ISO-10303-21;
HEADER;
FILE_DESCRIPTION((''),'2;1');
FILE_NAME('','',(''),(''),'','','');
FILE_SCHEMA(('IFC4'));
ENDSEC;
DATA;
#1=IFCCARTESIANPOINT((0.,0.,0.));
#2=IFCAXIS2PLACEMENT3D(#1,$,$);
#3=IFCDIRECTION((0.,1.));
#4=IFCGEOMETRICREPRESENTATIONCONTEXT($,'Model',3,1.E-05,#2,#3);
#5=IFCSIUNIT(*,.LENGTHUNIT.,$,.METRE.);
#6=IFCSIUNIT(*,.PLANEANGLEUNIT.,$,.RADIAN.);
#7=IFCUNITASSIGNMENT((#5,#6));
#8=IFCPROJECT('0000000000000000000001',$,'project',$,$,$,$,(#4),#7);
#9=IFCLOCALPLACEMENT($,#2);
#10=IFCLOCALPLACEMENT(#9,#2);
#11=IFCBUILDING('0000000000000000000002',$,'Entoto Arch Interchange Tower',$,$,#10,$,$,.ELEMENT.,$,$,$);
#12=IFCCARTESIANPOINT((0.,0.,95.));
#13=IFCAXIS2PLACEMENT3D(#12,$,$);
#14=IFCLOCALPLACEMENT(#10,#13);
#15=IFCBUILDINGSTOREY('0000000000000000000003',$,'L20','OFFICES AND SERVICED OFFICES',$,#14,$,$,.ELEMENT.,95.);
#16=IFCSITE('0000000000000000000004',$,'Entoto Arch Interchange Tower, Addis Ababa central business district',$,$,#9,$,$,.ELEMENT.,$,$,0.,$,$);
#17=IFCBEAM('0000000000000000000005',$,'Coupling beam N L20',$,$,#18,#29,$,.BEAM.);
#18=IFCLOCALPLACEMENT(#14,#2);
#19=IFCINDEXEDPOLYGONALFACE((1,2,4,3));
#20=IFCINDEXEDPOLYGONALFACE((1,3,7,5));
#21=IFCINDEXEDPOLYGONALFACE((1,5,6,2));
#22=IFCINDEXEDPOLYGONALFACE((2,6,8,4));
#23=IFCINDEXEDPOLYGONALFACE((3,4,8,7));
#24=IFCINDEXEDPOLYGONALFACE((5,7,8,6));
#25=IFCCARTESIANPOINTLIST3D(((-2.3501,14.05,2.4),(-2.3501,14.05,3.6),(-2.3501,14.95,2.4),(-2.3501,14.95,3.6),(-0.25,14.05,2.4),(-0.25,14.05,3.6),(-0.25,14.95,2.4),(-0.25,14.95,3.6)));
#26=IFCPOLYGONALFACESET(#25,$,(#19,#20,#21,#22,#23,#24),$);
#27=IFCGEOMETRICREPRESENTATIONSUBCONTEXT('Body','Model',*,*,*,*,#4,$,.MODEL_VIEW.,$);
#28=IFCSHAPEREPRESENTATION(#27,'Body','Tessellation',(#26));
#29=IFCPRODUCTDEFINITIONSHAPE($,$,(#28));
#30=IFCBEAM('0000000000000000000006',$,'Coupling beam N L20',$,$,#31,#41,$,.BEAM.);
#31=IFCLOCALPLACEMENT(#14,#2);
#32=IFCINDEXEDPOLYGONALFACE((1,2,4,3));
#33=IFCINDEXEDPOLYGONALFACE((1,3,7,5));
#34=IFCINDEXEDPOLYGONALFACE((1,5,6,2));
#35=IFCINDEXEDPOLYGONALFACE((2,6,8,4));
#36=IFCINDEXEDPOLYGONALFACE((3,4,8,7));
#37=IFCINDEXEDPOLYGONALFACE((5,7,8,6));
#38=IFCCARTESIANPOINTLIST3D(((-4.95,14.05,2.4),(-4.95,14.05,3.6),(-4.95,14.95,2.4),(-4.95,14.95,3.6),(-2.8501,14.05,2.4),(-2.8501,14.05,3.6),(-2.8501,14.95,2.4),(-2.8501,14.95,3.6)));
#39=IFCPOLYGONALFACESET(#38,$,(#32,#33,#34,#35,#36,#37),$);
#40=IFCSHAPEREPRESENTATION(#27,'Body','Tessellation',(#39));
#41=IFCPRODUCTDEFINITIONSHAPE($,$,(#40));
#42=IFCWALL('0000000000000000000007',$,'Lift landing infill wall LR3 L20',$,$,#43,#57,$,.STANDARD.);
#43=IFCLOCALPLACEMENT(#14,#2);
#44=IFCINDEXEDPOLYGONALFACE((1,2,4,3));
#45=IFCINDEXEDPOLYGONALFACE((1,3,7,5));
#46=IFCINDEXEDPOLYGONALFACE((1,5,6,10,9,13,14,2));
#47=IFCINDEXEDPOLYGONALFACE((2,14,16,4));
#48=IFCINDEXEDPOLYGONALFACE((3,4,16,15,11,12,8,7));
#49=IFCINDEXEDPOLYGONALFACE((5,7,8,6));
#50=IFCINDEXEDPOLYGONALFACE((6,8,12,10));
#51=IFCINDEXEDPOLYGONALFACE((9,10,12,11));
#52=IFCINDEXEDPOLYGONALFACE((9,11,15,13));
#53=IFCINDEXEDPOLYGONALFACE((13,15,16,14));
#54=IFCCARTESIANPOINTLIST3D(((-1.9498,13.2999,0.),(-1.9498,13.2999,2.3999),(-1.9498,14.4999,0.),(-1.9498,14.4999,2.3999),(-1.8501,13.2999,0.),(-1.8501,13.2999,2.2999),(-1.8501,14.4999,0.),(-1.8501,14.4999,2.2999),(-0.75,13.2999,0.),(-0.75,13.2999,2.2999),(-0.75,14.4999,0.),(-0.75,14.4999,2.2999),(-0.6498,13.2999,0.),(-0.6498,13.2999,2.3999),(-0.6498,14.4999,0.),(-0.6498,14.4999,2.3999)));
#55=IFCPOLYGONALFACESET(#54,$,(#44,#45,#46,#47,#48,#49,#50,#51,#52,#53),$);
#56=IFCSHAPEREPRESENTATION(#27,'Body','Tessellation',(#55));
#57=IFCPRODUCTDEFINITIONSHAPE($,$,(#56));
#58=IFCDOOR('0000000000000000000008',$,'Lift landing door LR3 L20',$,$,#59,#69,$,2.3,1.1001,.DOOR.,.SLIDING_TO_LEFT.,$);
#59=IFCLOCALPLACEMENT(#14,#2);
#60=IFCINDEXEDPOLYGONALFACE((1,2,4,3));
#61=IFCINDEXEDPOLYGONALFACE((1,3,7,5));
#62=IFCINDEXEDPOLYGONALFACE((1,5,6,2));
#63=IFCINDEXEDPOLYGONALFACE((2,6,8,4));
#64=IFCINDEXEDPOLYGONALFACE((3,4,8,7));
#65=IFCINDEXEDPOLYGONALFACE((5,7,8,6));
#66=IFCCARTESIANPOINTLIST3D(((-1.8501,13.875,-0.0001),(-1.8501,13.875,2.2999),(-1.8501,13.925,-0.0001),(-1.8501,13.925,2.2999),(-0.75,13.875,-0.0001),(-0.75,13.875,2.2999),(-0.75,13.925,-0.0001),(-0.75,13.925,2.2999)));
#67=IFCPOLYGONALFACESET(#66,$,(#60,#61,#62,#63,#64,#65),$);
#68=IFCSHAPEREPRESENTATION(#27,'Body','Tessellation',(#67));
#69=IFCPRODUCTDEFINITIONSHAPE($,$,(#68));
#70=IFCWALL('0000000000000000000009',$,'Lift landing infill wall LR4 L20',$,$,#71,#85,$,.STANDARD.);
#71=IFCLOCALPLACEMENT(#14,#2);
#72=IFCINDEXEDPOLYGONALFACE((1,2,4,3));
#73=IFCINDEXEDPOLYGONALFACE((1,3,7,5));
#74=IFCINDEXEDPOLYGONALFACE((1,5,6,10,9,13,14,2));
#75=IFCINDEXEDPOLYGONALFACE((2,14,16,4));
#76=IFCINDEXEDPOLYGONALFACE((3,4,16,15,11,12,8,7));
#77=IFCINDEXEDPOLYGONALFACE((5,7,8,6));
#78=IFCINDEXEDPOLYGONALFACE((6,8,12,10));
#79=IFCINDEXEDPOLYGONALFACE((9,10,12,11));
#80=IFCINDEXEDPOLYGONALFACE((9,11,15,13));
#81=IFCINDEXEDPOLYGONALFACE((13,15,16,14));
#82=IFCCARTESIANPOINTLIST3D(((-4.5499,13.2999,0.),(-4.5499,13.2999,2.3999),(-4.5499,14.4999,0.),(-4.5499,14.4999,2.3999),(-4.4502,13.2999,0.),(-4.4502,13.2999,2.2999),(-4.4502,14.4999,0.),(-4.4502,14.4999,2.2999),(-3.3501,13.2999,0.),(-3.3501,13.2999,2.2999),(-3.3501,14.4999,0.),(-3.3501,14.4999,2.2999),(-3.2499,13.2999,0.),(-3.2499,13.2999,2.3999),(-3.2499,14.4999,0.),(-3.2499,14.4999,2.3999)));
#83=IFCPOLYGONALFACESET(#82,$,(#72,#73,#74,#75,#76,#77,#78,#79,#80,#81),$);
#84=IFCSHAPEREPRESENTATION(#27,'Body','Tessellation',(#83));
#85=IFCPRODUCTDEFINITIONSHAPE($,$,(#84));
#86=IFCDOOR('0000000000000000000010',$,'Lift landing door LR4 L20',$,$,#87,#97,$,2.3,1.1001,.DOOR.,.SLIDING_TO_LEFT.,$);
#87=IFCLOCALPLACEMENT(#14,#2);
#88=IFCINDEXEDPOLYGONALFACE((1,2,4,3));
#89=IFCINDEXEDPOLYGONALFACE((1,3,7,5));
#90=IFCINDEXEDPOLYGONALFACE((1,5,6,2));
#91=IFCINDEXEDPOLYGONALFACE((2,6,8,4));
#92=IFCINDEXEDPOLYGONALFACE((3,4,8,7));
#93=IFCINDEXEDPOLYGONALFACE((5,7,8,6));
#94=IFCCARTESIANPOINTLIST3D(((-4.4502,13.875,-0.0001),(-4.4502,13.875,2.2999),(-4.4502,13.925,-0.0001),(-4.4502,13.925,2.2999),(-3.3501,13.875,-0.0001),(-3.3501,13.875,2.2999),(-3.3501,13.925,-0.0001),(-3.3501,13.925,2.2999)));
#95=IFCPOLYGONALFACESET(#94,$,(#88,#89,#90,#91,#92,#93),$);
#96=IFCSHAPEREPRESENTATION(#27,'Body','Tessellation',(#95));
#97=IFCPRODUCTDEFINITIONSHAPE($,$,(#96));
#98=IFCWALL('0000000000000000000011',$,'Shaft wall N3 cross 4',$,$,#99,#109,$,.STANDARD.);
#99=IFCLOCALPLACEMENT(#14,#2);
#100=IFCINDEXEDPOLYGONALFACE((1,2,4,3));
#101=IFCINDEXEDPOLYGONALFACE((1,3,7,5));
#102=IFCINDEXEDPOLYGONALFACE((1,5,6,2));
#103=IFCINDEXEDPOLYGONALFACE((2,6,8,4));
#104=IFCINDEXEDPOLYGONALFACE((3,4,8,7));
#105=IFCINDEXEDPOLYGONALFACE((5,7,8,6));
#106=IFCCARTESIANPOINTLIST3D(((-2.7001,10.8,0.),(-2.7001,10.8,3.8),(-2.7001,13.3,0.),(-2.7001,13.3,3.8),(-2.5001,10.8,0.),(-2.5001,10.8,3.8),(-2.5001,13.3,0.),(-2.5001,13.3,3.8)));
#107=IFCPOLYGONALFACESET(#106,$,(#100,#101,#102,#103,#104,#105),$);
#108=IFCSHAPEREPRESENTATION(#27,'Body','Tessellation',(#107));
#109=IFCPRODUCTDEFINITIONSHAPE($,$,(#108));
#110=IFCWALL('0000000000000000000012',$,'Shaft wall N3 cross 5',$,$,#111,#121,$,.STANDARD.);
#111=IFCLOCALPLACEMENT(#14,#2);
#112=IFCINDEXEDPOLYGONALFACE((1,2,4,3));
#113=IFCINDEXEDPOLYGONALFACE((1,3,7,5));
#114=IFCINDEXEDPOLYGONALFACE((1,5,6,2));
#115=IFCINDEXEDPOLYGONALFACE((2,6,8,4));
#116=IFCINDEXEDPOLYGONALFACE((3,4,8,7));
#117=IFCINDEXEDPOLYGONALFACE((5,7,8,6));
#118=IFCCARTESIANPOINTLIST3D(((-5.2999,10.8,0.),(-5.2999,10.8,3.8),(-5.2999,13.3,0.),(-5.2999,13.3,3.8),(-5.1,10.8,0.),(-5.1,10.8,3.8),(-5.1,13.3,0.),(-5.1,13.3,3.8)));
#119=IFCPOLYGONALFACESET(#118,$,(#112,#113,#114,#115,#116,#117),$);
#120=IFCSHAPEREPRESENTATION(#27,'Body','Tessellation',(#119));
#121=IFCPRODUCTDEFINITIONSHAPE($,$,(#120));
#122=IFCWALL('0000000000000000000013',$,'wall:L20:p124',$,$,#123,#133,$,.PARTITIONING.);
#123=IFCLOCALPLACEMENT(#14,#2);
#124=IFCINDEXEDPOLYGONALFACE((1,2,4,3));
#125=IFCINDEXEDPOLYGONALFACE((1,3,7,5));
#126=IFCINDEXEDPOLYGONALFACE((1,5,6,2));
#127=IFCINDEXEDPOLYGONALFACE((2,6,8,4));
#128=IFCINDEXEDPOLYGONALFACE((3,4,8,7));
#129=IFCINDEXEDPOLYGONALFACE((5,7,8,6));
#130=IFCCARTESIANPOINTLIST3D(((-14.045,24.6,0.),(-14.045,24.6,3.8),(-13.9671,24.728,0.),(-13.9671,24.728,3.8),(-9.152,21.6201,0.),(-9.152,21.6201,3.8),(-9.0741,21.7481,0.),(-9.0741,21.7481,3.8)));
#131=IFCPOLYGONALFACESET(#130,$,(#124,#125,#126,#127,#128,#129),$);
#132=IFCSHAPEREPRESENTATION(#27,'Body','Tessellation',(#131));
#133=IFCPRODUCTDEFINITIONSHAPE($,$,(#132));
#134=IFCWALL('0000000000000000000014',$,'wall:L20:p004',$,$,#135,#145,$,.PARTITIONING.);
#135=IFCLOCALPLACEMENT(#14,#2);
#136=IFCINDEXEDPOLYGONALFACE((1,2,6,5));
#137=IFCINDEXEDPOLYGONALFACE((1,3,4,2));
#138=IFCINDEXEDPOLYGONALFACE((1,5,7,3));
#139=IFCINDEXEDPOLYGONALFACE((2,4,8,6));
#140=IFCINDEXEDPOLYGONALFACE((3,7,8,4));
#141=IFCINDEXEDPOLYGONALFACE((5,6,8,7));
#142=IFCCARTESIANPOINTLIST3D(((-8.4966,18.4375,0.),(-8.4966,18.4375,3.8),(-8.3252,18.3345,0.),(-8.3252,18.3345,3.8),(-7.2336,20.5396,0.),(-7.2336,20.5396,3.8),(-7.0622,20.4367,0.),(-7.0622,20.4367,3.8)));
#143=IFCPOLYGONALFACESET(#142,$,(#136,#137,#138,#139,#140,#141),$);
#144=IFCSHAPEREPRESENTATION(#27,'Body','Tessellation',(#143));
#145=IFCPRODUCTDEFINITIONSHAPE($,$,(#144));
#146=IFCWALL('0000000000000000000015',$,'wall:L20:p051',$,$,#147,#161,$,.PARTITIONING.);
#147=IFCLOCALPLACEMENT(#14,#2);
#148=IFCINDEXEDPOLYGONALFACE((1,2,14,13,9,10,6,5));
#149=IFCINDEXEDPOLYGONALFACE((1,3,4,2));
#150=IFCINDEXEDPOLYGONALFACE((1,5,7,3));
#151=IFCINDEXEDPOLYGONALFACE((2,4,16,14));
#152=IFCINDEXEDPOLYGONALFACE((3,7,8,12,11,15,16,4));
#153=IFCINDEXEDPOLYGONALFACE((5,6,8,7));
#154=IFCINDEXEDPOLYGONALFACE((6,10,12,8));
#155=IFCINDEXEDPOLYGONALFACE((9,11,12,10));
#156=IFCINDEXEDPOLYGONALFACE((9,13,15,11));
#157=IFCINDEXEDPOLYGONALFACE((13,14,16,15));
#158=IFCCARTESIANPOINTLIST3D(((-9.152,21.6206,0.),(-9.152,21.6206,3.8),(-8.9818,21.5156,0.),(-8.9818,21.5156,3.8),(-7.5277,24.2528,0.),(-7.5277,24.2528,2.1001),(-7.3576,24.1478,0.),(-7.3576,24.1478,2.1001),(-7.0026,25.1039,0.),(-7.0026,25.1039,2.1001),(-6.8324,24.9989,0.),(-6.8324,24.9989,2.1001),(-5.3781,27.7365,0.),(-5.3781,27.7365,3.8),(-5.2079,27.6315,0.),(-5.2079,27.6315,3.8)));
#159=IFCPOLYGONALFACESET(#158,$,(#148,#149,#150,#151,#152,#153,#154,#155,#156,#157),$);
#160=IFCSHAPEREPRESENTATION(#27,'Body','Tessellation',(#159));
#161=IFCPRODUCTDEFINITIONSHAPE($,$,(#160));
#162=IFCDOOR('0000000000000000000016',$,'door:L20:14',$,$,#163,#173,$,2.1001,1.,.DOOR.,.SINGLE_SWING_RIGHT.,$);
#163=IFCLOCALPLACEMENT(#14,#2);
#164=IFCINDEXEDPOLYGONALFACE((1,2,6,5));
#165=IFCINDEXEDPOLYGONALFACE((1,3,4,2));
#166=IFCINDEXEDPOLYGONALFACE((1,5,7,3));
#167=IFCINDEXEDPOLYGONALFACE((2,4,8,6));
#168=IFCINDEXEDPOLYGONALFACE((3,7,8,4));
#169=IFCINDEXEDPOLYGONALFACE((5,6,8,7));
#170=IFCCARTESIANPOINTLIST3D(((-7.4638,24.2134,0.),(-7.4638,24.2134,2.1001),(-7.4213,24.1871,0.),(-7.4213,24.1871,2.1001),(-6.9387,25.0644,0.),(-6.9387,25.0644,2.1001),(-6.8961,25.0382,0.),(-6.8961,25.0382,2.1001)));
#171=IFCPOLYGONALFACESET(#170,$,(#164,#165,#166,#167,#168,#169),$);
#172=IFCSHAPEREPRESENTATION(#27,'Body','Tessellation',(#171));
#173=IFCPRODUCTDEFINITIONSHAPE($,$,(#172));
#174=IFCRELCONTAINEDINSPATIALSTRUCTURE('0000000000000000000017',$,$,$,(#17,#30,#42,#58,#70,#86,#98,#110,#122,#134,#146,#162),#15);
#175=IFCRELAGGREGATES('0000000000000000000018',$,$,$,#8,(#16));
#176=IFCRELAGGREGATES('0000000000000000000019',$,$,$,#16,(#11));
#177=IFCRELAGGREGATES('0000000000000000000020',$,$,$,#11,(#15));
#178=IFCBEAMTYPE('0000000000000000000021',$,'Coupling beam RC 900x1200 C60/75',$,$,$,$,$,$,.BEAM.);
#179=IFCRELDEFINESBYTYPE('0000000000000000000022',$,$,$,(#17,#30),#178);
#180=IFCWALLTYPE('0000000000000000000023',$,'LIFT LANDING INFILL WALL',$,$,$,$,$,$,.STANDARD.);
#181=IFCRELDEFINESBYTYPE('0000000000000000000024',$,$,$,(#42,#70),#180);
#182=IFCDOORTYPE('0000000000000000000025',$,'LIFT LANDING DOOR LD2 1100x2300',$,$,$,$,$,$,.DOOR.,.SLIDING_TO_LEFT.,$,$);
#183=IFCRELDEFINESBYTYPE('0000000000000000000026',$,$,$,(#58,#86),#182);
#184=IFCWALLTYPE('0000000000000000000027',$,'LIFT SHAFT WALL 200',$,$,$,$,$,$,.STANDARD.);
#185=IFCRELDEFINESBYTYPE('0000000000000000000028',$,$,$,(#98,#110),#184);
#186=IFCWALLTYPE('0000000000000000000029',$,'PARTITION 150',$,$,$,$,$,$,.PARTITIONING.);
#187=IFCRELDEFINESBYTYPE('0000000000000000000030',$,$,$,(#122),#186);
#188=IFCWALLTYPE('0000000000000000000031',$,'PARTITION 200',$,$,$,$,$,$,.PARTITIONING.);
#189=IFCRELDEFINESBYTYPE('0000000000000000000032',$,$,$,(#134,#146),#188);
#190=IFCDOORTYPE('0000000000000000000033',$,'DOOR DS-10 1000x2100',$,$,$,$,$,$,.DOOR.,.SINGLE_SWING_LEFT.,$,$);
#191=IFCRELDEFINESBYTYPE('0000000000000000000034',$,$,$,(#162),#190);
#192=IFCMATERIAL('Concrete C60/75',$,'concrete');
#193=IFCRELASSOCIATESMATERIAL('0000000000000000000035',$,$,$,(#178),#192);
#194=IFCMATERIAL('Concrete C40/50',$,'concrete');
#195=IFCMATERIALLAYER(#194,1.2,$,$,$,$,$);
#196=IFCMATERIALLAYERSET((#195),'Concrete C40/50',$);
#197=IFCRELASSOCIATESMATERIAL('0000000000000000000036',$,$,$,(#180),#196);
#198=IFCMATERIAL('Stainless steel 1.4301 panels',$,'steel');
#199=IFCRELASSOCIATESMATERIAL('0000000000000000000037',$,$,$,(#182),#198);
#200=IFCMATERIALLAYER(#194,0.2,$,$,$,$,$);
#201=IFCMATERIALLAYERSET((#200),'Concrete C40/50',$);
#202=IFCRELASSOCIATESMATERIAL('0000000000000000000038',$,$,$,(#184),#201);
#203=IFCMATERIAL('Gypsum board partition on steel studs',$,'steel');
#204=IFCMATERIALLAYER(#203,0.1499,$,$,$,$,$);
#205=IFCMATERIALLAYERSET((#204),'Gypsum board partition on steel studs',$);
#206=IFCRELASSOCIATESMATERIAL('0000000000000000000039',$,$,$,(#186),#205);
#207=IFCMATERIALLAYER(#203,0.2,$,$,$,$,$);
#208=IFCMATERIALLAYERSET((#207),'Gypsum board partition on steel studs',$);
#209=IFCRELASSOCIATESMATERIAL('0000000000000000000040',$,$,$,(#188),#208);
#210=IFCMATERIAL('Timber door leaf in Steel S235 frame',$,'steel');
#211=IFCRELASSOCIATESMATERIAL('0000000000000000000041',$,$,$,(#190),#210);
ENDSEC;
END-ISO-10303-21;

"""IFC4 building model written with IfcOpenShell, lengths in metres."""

from ifc_helpers import new_model, si_unit, direction, frame, frame_2d, origin, origin_2d, place, context, subcontext, project, spatial, rectangle, extrude, material, layer, layer_set, material_profile, profile_set, type_object, element, fill, save


model = new_model("IFC4")

# Units and contexts
model_context = context("Model", 3, precision=1e-05, world=origin(), true_north=direction((0.0, 1.0)))
body_context = subcontext(model_context, "Body", "Model", "MODEL_VIEW")
ifc_project = project(units=[si_unit("LENGTHUNIT", "METRE"), si_unit("PLANEANGLEUNIT", "RADIAN")], contexts=[model_context])

# Site, building, storey
site_placement = place(None, origin())
site = spatial("IfcSite", under=ifc_project, at=site_placement, Name="Entoto Arch Interchange Tower, Addis Ababa central business district", CompositionType="ELEMENT", RefElevation=0.0)
building_placement = place(site_placement, origin())
building = spatial("IfcBuilding", under=site, at=building_placement, Name="Entoto Arch Interchange Tower", CompositionType="ELEMENT")
storey_placement = place(building_placement, frame((0.0, 0.0, 95.0)))
storey = spatial("IfcBuildingStorey", under=building, at=storey_placement, Name="L20", Description="OFFICES AND SERVICED OFFICES", CompositionType="ELEMENT", Elevation=95.0)

# Beams
ifc_material_1 = material(Name="Concrete C60/75", Category="concrete")
ifc_material_profile = material_profile(ifc_material_1, rectangle(XDim=0.8999, YDim=1.2, at=origin_2d()))
ifc_profile_set = profile_set([ifc_material_profile], Name="Concrete C60/75")
beam_type = type_object("IfcBeamType", Name="Coupling beam RC 900x1200 C60/75", PredefinedType="BEAM", material=ifc_profile_set)
beam_1_placement = place(storey_placement, frame((-0.25, 14.5, 3.0), z_axis=(-1.0, 0.0, 0.0), x_axis=(0.0, -1.0, 0.0)))
element("IfcBeam", 1, at=beam_1_placement, inside=storey, type_object=beam_type, Name="Coupling beam N L20", PredefinedType="BEAM", context=body_context, shape_type="SweptSolid", body=[
    extrude(rectangle(XDim=0.8999, YDim=1.2, at=origin_2d()), origin(), (0.0, 0.0, 1.0), 2.1001),
])
beam_2_placement = place(storey_placement, frame((-2.8501, 14.5, 3.0), z_axis=(-1.0, 0.0, 0.0), x_axis=(0.0, -1.0, 0.0)))
element("IfcBeam", 2, at=beam_2_placement, inside=storey, type_object=beam_type, Name="Coupling beam N L20", PredefinedType="BEAM", context=body_context, shape_type="SweptSolid", body=[
    extrude(rectangle(XDim=0.8999, YDim=1.2, at=origin_2d()), origin(), (0.0, 0.0, 1.0), 2.0999),
])

# Walls, openings, doors
ifc_material_2 = material(Name="Concrete C40/50", Category="concrete")
ifc_layer_1 = layer(ifc_material_2, 1.2)
ifc_layer_set_1 = layer_set([ifc_layer_1], Name="Concrete C40/50")
wall_type_1 = type_object("IfcWallType", Name="LIFT LANDING INFILL WALL", PredefinedType="STANDARD", material=ifc_layer_set_1)
wall_1_placement = place(storey_placement, frame((-0.6499, 13.8999, 0.0), z_axis=(0.0, 0.0, 1.0), x_axis=(-1.0, 0.0, 0.0)))
wall_1 = element("IfcWall", 3, at=wall_1_placement, inside=storey, type_object=wall_type_1, Name="Lift landing infill wall LR3 L20", PredefinedType="STANDARD", context=body_context, shape_type="SweptSolid", body=[
    extrude(rectangle(XDim=1.3, YDim=1.2, at=frame_2d((0.6499, 0.0))), origin(), (0.0, 0.0, 1.0), 2.3999),
])
opening_1_placement = place(wall_1_placement, frame((0.1001, 0.0, 0.0)))
opening_1 = element("IfcOpeningElement", 4, at=opening_1_placement, cuts=wall_1, PredefinedType="OPENING", context=body_context, shape_type="SweptSolid", body=[
    extrude(rectangle(XDim=1.1001, YDim=2.3, at=frame_2d((0.55, 1.1499))), frame((0.0, 0.6099, 0.0), z_axis=(0.0, -1.0, 0.0), x_axis=(1.0, 0.0, 0.0)), (0.0, 0.0, 1.0), 1.22),
])
ifc_material_3 = material(Name="Stainless steel 1.4301 panels", Category="steel")
door_type_1 = type_object("IfcDoorType", Name="LIFT LANDING DOOR LD2 1100x2300", OperationType="SLIDING_TO_LEFT", PredefinedType="DOOR", material=ifc_material_3)
door_1_placement = place(opening_1_placement, origin())
door_1 = element("IfcDoor", 5, at=door_1_placement, inside=storey, type_object=door_type_1, Name="Lift landing door LR3 L20", OperationType="SLIDING_TO_LEFT", OverallHeight=2.3, OverallWidth=1.1001, PredefinedType="DOOR", context=body_context, shape_type="SweptSolid", body=[
    extrude(rectangle(XDim=1.1001, YDim=2.3, at=frame_2d((0.55, 1.1499))), frame((0.0, 0.0249, 0.0), z_axis=(0.0, -1.0, 0.0), x_axis=(1.0, 0.0, 0.0)), (0.0, 0.0, 1.0), 0.05),
])
fill(opening_1, door_1)
wall_2_placement = place(storey_placement, frame((-3.25, 13.8999, 0.0), z_axis=(0.0, 0.0, 1.0), x_axis=(-1.0, 0.0, 0.0)))
wall_2 = element("IfcWall", 6, at=wall_2_placement, inside=storey, type_object=wall_type_1, Name="Lift landing infill wall LR4 L20", PredefinedType="STANDARD", context=body_context, shape_type="SweptSolid", body=[
    extrude(rectangle(XDim=1.3, YDim=1.2, at=frame_2d((0.6499, 0.0))), origin(), (0.0, 0.0, 1.0), 2.3999),
])
opening_2_placement = place(wall_2_placement, frame((0.1001, 0.0, 0.0)))
opening_2 = element("IfcOpeningElement", 7, at=opening_2_placement, cuts=wall_2, PredefinedType="OPENING", context=body_context, shape_type="SweptSolid", body=[
    extrude(rectangle(XDim=1.1001, YDim=2.3, at=frame_2d((0.55, 1.1499))), frame((0.0, 0.6099, 0.0), z_axis=(0.0, -1.0, 0.0), x_axis=(1.0, 0.0, 0.0)), (0.0, 0.0, 1.0), 1.22),
])
door_2_placement = place(opening_2_placement, origin())
door_2 = element("IfcDoor", 8, at=door_2_placement, inside=storey, type_object=door_type_1, Name="Lift landing door LR4 L20", OperationType="SLIDING_TO_LEFT", OverallHeight=2.3, OverallWidth=1.1001, PredefinedType="DOOR", context=body_context, shape_type="SweptSolid", body=[
    extrude(rectangle(XDim=1.1001, YDim=2.3, at=frame_2d((0.55, 1.1499))), frame((0.0, 0.0249, 0.0), z_axis=(0.0, -1.0, 0.0), x_axis=(1.0, 0.0, 0.0)), (0.0, 0.0, 1.0), 0.05),
])
fill(opening_2, door_2)

# Walls
ifc_layer_2 = layer(ifc_material_2, 0.2)
ifc_layer_set_2 = layer_set([ifc_layer_2], Name="Concrete C40/50")
wall_type_2 = type_object("IfcWallType", Name="LIFT SHAFT WALL 200", PredefinedType="STANDARD", material=ifc_layer_set_2)
for number, where, z_axis, x_axis, name in (
    (9, (-2.6001, 10.8, 0.0), (0.0, 0.0, 1.0), (0.0, 1.0, 0.0), "Shaft wall N3 cross 4"),
    (10, (-5.2, 10.8, 0.0), (0.0, 0.0, 1.0), (0.0, 1.0, 0.0), "Shaft wall N3 cross 5"),
):
    element("IfcWall", number, at=place(storey_placement, frame(where, z_axis=z_axis, x_axis=x_axis)), inside=storey, type_object=wall_type_2, Name=name, PredefinedType="STANDARD", context=body_context, shape_type="SweptSolid", body=[
        extrude(rectangle(XDim=2.5, YDim=0.2, at=frame_2d((1.25, 0.0))), origin(), (0.0, 0.0, 1.0), 3.8),
    ])
ifc_material_4 = material(Name="Gypsum board partition on steel studs", Category="steel")
ifc_layer_3 = layer(ifc_material_4, 0.1499)
ifc_layer_set_3 = layer_set([ifc_layer_3], Name="Gypsum board partition on steel studs")
wall_type_3 = type_object("IfcWallType", Name="PARTITION 150", PredefinedType="PARTITIONING", material=ifc_layer_set_3)
wall_3_placement = place(storey_placement, frame((-9.113, 21.6841, 0.0), z_axis=(0.0, 0.0, 1.0), x_axis=(-0.854075, 0.52015, 0.0)))
element("IfcWall", 11, at=wall_3_placement, inside=storey, type_object=wall_type_3, Name="wall:L20:p124", PredefinedType="PARTITIONING", context=body_context, shape_type="SweptSolid", body=[
    extrude(rectangle(XDim=5.729, YDim=0.1499, at=frame_2d((2.8645, 0.0))), origin(), (0.0, 0.0, 1.0), 3.8),
])
ifc_layer_4 = layer(ifc_material_4, 0.2)
ifc_layer_set_4 = layer_set([ifc_layer_4], Name="Gypsum board partition on steel studs")
wall_type_4 = type_object("IfcWallType", Name="PARTITION 200", PredefinedType="PARTITIONING", material=ifc_layer_set_4)
wall_4_placement = place(storey_placement, frame((-7.1479, 20.488, 0.0), z_axis=(0.0, 0.0, 1.0), x_axis=(-0.515008, -0.857185, 0.0)))
element("IfcWall", 12, at=wall_4_placement, inside=storey, type_object=wall_type_4, Name="wall:L20:p004", PredefinedType="PARTITIONING", context=body_context, shape_type="SweptSolid", body=[
    extrude(rectangle(XDim=2.4524, YDim=0.2, at=frame_2d((1.2261, 0.0))), origin(), (0.0, 0.0, 1.0), 3.8),
])

# Wall, opening, door
wall_5_placement = place(storey_placement, frame((-9.0669, 21.5681, 0.0), z_axis=(0.0, 0.0, 1.0), x_axis=(0.525132, 0.851021, 0.0)))
wall_5 = element("IfcWall", 13, at=wall_5_placement, inside=storey, type_object=wall_type_4, Name="wall:L20:p051", PredefinedType="PARTITIONING", context=body_context, shape_type="SweptSolid", body=[
    extrude(rectangle(XDim=7.1865, YDim=0.2, at=frame_2d((3.5933, 0.0))), origin(), (0.0, 0.0, 1.0), 3.8),
])
opening_3_placement = place(wall_5_placement, frame((3.093, 0.0, 0.0)))
opening_3 = element("IfcOpeningElement", 14, at=opening_3_placement, cuts=wall_5, PredefinedType="OPENING", context=body_context, shape_type="SweptSolid", body=[
    extrude(rectangle(XDim=1.0, YDim=2.1001, at=frame_2d((0.5, 1.05))), frame((0.0, 0.1099, 0.0), z_axis=(0.0, -1.0, 0.0), x_axis=(1.0, 0.0, 0.0)), (0.0, 0.0, 1.0), 0.22),
])
ifc_material_5 = material(Name="Timber door leaf in Steel S235 frame", Category="steel")
door_type_2 = type_object("IfcDoorType", Name="DOOR DS-10 1000x2100", OperationType="SINGLE_SWING_LEFT", PredefinedType="DOOR", material=ifc_material_5)
door_3_placement = place(opening_3_placement, origin())
door_3 = element("IfcDoor", 15, at=door_3_placement, inside=storey, type_object=door_type_2, Name="door:L20:14", OperationType="SINGLE_SWING_RIGHT", OverallHeight=2.1001, OverallWidth=1.0, PredefinedType="DOOR", context=body_context, shape_type="SweptSolid", body=[
    extrude(rectangle(XDim=1.0, YDim=2.1001, at=frame_2d((0.5, 1.05))), frame((0.0, 0.0249, 0.0), z_axis=(0.0, -1.0, 0.0), x_axis=(1.0, 0.0, 0.0)), (0.0, 0.0, 1.0), 0.05),
])
fill(opening_3, door_3)

save(model, "model.ifc")
